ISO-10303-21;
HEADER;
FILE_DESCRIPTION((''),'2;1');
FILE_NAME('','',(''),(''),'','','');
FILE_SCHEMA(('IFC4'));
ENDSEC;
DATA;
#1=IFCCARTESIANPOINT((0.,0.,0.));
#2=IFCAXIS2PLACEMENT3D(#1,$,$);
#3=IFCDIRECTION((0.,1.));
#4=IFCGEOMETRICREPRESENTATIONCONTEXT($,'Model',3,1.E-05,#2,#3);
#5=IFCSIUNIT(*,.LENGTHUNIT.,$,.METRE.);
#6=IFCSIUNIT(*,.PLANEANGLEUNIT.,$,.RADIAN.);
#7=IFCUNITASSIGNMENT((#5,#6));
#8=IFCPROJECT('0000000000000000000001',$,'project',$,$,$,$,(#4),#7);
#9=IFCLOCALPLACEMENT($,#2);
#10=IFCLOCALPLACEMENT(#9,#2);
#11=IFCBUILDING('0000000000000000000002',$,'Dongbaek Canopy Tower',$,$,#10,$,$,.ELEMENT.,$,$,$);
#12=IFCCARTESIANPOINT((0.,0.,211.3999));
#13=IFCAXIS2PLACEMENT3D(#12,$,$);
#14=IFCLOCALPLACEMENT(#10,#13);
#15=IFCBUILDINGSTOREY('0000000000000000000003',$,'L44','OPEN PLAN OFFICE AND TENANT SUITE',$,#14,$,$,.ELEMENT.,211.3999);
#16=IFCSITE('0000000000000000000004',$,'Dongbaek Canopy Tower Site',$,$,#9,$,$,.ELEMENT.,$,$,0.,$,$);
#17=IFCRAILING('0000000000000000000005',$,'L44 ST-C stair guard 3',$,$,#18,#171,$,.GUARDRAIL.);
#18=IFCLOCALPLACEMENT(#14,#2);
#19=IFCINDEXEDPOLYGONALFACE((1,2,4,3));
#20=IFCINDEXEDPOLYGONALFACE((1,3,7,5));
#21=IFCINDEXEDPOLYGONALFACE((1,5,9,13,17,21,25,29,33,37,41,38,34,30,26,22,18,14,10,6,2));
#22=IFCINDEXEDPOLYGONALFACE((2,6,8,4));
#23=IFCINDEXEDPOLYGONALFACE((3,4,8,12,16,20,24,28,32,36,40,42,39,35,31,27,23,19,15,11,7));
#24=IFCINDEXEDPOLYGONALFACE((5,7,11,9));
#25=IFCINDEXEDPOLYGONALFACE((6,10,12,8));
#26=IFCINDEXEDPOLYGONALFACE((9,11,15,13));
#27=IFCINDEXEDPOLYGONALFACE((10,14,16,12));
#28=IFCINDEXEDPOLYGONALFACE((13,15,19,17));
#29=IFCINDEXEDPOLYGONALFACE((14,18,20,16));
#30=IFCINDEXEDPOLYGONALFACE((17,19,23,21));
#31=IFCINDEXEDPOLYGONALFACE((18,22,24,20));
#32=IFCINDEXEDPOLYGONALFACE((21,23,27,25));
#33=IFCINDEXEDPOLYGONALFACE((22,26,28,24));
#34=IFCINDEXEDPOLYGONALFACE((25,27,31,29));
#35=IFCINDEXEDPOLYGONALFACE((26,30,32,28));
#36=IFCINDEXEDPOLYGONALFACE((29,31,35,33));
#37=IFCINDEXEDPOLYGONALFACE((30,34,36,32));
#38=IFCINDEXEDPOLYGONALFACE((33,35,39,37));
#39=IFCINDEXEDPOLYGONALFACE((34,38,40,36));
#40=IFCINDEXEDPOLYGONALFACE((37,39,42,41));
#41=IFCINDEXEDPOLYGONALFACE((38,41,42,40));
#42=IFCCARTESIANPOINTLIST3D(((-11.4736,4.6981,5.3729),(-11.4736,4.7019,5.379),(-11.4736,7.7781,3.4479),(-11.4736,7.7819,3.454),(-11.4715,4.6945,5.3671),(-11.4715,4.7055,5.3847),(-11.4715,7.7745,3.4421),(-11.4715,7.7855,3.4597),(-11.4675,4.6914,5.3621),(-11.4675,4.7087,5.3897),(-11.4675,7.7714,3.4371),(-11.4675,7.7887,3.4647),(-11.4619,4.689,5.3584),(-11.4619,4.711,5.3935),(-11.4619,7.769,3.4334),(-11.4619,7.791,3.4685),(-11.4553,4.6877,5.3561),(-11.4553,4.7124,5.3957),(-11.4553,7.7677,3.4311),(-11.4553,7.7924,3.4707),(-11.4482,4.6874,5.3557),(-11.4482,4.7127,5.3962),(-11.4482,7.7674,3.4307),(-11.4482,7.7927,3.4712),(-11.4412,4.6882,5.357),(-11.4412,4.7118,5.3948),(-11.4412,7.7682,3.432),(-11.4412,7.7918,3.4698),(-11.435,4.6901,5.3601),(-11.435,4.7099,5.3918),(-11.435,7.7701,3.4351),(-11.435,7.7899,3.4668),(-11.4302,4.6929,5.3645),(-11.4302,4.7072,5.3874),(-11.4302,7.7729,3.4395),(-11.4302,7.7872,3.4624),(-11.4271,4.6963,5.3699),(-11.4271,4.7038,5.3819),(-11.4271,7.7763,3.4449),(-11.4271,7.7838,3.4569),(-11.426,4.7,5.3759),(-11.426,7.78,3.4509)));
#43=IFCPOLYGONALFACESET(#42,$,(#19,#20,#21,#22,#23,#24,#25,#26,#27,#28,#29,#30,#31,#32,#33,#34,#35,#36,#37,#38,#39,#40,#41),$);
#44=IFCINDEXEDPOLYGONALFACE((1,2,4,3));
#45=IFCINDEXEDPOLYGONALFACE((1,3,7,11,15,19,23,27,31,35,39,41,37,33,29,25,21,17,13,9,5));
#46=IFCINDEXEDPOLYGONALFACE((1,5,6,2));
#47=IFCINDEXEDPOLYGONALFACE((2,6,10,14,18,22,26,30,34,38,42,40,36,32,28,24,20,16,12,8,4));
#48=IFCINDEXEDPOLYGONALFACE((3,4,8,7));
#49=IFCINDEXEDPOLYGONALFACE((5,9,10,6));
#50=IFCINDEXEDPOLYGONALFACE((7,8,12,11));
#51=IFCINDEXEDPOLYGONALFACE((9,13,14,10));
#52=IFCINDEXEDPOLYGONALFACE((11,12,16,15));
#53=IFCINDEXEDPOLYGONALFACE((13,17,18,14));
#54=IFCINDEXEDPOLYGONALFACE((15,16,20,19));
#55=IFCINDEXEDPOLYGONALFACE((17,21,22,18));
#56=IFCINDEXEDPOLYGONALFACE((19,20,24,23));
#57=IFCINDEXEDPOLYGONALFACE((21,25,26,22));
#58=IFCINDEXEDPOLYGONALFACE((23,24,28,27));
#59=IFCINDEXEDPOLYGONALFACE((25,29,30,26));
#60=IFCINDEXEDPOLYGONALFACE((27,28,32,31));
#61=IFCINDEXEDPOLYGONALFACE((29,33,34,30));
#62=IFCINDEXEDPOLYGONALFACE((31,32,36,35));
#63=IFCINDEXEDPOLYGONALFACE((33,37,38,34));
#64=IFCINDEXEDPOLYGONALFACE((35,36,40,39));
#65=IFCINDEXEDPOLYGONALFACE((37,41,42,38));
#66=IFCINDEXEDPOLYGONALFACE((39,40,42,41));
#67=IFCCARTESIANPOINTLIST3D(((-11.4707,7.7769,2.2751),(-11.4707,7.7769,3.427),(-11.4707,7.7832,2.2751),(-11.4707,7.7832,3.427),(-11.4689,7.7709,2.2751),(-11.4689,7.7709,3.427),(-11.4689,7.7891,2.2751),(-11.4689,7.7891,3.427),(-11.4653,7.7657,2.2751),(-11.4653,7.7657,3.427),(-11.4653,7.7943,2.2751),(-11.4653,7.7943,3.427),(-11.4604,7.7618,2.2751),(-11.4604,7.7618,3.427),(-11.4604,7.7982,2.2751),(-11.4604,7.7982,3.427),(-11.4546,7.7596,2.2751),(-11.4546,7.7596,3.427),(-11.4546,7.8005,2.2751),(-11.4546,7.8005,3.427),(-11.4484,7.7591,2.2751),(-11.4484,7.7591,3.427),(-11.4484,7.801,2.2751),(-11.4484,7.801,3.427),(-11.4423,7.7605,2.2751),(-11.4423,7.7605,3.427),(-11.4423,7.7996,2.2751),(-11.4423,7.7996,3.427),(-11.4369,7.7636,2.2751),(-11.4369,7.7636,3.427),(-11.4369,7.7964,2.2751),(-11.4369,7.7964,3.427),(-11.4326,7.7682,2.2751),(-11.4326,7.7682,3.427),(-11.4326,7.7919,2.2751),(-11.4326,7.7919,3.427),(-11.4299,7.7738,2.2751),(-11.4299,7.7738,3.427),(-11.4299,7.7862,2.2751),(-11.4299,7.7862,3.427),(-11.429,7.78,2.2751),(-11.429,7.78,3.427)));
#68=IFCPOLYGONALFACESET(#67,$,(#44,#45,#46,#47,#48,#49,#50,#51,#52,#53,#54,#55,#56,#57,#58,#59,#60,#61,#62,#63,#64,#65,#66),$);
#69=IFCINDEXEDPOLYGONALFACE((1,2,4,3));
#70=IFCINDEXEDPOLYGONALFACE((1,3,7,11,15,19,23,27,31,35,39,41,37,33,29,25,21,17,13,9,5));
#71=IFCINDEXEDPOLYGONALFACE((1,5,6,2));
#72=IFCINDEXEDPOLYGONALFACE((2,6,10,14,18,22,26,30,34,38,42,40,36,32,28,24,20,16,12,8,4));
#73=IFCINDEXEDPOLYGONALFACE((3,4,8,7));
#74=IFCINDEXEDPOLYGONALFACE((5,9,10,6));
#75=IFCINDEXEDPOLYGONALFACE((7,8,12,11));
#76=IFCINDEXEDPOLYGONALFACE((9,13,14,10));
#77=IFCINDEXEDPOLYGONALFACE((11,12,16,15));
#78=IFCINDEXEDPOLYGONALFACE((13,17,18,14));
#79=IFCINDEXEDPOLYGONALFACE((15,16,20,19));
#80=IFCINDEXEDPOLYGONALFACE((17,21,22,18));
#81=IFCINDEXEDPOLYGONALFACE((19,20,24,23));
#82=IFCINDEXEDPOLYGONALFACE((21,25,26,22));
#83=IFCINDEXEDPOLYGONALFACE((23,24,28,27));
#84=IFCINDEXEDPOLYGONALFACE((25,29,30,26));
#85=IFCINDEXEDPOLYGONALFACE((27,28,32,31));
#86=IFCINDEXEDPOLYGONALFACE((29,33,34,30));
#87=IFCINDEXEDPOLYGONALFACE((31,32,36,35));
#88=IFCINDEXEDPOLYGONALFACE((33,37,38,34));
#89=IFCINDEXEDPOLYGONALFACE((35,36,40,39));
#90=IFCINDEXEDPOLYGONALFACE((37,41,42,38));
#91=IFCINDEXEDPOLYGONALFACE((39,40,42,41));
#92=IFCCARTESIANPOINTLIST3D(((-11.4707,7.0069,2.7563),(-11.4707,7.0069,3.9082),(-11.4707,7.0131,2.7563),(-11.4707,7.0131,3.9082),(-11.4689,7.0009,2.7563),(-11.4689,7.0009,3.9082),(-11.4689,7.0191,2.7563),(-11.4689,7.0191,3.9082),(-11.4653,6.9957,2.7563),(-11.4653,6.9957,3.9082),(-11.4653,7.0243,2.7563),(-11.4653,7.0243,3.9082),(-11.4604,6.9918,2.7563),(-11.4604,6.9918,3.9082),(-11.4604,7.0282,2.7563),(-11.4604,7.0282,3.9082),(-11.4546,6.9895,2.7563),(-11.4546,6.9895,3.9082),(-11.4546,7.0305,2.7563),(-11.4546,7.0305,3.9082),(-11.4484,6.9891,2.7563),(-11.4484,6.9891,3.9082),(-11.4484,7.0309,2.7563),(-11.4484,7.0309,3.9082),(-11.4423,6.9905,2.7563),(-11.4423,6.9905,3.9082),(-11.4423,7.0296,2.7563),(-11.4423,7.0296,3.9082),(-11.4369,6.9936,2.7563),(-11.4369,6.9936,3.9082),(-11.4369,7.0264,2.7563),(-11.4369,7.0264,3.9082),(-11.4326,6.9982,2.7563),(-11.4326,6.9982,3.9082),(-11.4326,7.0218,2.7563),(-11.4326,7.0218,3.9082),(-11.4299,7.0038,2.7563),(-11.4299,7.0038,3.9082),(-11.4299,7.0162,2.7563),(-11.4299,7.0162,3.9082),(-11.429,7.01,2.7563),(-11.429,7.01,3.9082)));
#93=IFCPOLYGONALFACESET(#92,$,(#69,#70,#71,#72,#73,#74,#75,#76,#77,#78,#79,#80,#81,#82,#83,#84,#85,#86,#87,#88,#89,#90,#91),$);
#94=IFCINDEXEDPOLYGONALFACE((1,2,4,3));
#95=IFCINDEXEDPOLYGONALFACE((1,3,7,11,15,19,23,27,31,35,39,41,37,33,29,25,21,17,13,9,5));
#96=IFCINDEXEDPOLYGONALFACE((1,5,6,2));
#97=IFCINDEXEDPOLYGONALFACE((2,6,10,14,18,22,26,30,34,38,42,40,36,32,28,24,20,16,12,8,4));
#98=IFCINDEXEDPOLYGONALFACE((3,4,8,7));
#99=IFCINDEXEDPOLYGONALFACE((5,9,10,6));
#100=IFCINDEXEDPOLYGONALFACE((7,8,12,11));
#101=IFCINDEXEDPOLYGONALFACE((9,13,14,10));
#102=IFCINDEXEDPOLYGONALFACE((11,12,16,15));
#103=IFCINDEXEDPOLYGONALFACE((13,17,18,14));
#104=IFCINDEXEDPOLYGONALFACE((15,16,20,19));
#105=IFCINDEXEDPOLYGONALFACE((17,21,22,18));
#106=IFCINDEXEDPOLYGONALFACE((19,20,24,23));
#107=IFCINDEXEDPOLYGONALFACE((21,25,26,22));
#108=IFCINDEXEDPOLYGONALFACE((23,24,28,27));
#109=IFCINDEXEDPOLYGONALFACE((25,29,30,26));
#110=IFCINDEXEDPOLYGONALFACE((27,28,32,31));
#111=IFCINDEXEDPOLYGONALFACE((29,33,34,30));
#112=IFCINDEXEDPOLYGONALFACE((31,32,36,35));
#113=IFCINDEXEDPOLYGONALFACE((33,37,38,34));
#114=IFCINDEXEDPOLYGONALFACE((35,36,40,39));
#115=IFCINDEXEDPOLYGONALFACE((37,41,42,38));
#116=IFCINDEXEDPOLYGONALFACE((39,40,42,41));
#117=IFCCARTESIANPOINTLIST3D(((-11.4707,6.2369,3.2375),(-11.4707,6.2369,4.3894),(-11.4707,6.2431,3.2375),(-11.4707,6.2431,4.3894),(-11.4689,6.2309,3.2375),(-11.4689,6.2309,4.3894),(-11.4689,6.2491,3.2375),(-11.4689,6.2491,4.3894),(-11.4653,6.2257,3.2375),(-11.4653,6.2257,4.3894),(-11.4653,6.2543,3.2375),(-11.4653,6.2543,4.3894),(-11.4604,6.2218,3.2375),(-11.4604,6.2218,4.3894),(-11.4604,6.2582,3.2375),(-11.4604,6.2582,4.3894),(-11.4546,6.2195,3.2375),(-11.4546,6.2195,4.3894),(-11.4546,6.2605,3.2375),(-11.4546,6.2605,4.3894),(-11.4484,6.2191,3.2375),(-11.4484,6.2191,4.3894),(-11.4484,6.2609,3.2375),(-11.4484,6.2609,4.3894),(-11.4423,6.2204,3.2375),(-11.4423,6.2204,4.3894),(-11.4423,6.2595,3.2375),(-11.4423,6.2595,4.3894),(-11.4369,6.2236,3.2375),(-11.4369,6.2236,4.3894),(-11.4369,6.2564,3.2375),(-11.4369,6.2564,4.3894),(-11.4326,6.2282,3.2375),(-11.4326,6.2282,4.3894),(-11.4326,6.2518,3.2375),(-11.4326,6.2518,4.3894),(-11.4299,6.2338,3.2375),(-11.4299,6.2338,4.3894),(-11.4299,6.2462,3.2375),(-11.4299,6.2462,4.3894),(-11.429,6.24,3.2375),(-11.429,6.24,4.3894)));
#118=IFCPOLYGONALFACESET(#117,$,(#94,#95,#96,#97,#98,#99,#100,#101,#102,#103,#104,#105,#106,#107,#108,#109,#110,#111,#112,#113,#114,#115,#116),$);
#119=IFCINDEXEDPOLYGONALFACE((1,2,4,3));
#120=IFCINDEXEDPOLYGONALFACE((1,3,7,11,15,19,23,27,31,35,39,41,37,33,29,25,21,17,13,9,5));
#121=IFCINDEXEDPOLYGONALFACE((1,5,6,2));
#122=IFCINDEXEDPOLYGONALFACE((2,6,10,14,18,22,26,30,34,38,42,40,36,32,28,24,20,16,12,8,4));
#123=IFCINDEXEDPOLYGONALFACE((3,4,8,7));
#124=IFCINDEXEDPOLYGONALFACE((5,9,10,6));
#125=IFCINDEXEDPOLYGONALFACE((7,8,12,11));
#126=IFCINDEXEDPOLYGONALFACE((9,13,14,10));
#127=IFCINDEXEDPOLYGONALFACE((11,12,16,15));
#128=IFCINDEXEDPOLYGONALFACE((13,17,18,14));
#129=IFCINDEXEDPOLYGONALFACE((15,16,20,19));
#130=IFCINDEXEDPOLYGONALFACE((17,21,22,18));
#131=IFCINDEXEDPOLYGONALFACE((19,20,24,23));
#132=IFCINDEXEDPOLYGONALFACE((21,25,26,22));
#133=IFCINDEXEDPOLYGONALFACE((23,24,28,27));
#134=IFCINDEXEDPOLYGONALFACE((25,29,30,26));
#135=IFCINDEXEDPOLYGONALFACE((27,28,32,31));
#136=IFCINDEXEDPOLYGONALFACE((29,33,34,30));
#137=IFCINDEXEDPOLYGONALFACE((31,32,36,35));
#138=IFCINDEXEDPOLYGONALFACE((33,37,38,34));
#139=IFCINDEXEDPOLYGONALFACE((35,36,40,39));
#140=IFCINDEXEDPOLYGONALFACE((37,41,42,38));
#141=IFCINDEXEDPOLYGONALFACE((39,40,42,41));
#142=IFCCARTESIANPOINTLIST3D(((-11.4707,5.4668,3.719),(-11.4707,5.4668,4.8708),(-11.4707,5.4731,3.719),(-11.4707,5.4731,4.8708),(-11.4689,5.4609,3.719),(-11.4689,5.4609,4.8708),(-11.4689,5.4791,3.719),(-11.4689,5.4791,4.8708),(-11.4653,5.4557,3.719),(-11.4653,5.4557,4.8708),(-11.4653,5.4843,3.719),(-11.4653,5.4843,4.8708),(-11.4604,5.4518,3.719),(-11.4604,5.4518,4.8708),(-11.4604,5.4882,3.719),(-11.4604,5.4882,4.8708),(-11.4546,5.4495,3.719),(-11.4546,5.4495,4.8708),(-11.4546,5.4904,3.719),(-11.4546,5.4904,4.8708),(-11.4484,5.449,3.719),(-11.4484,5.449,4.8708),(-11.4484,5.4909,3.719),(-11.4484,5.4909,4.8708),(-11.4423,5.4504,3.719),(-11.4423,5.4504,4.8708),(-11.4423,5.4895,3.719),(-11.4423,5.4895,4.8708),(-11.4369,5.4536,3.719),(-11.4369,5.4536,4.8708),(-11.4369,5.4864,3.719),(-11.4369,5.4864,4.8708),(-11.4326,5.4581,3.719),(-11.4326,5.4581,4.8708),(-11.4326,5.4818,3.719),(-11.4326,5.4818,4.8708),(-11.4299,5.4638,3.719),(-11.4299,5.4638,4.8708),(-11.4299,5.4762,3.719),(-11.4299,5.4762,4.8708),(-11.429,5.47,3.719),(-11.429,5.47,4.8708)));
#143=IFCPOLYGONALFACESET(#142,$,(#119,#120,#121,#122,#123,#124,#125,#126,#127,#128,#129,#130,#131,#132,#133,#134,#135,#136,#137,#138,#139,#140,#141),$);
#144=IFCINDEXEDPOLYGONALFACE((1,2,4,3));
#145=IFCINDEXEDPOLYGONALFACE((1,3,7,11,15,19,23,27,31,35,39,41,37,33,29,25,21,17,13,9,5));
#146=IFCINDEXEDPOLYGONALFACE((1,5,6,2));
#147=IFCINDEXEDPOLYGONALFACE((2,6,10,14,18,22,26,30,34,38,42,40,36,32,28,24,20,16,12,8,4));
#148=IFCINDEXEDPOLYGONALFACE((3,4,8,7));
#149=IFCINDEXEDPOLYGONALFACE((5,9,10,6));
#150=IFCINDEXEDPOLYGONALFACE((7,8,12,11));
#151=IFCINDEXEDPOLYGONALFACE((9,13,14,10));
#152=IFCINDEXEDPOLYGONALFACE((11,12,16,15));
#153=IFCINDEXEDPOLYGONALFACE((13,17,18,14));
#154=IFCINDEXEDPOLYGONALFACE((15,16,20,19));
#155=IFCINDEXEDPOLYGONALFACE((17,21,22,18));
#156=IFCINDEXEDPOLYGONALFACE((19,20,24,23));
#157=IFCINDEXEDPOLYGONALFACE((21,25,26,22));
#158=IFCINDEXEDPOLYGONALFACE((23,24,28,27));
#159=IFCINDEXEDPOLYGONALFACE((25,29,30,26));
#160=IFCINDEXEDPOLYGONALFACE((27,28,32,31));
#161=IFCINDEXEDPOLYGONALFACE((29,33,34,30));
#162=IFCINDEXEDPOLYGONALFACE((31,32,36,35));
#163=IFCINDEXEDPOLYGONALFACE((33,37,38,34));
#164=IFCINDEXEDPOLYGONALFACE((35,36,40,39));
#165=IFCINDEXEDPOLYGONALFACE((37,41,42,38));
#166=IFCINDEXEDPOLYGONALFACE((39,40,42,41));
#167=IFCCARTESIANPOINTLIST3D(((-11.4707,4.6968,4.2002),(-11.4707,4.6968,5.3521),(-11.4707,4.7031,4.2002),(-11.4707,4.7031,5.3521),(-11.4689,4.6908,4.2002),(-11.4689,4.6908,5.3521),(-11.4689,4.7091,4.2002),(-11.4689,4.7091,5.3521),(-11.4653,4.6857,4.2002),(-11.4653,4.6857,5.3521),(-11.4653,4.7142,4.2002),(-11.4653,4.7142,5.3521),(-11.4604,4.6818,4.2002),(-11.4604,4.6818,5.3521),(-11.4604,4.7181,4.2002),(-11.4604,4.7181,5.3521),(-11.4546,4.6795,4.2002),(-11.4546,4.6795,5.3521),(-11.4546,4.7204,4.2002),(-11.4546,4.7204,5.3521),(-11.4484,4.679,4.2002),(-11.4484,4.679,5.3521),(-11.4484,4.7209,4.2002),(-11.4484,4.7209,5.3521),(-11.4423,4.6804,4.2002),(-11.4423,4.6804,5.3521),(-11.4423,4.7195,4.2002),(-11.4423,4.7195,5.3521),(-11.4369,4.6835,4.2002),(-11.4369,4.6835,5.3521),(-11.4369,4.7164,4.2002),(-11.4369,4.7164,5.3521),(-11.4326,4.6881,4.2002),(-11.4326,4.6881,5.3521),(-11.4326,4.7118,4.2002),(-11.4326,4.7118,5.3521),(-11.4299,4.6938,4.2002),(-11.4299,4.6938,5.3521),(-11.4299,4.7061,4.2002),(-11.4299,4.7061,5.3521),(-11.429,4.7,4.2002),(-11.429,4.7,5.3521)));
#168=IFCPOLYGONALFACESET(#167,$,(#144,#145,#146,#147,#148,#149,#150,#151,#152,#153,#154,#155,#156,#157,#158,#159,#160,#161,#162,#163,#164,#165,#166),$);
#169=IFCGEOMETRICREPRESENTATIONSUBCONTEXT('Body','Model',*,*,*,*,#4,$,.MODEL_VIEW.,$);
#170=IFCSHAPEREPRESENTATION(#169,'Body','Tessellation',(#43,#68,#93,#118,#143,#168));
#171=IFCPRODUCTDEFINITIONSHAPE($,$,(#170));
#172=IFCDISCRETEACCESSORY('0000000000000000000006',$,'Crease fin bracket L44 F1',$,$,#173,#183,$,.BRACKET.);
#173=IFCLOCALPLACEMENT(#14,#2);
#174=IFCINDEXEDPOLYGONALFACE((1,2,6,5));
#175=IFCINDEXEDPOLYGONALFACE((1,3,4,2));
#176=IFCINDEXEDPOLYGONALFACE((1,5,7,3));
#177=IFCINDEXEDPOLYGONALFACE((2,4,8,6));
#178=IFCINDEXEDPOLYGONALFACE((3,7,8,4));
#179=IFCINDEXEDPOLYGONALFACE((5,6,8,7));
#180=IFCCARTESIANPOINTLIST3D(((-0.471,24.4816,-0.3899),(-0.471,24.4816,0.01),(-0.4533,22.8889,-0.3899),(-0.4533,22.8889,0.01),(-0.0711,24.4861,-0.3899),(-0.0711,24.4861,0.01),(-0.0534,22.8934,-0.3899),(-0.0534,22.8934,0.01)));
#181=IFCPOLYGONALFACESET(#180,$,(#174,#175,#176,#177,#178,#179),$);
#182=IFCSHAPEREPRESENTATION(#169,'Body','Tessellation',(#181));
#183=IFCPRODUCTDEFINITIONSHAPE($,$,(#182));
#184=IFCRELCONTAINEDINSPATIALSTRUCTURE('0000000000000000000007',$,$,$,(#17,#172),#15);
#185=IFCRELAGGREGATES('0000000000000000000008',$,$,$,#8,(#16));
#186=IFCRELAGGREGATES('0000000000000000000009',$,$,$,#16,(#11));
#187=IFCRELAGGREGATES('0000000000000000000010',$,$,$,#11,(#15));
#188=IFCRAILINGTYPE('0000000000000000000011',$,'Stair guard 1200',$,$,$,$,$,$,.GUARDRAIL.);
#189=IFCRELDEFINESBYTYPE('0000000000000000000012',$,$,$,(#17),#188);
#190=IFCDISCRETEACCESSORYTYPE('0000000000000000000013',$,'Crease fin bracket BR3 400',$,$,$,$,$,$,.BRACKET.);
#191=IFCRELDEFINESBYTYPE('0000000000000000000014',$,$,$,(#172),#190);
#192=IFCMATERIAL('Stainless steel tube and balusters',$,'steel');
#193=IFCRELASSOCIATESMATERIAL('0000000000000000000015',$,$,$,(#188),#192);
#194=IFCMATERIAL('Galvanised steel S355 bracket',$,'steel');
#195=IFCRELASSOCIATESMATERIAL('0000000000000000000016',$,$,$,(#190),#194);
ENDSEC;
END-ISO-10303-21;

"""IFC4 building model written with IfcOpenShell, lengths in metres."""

from ifc_helpers import new_model, si_unit, direction, frame, origin, origin_2d, place, context, subcontext, project, spatial, rectangle, circle, extrude, material, type_object, element, save


model = new_model("IFC4")

# Units and contexts
model_context = context("Model", 3, precision=1e-05, world=origin(), true_north=direction((0.0, 1.0)))
body_context = subcontext(model_context, "Body", "Model", "MODEL_VIEW")
ifc_project = project(units=[si_unit("LENGTHUNIT", "METRE"), si_unit("PLANEANGLEUNIT", "RADIAN")], contexts=[model_context])

# Site, building, storey
site_placement = place(None, origin())
site = spatial("IfcSite", under=ifc_project, at=site_placement, Name="Dongbaek Canopy Tower Site", CompositionType="ELEMENT", RefElevation=0.0)
building_placement = place(site_placement, origin())
building = spatial("IfcBuilding", under=site, at=building_placement, Name="Dongbaek Canopy Tower", CompositionType="ELEMENT")
storey_placement = place(building_placement, frame((0.0, 0.0, 211.3999)))
storey = spatial("IfcBuildingStorey", under=building, at=storey_placement, Name="L44", Description="OPEN PLAN OFFICE AND TENANT SUITE", CompositionType="ELEMENT", Elevation=211.3999)

# Railing
ifc_material_1 = material(Name="Stainless steel tube and balusters", Category="steel")
railing_type = type_object("IfcRailingType", Name="Stair guard 1200", PredefinedType="GUARDRAIL", material=ifc_material_1)
railing_1_placement = place(storey_placement, frame((-11.45, 7.78, 2.2751)))
element("IfcRailing", 1, at=railing_1_placement, inside=storey, type_object=railing_type, Name="L44 ST-C stair guard 3", PredefinedType="GUARDRAIL", context=body_context, shape_type="SweptSolid", body=[
    extrude(circle(Radius=0.0239, at=origin_2d()), frame((0.0, 0.0, 1.1758), z_axis=(0.0, -0.847998, 0.529999), x_axis=(1.0, 0.0, 0.0)), (0.0, 0.0, 1.0), 3.6321),
    extrude(circle(Radius=0.021, at=origin_2d()), origin(), (0.0, 0.0, 1.0), 1.1519),
    extrude(circle(Radius=0.021, at=origin_2d()), frame((0.0, -0.77, 0.4812)), (0.0, 0.0, 1.0), 1.1519),
    extrude(circle(Radius=0.021, at=origin_2d()), frame((0.0, -1.54, 0.9624)), (0.0, 0.0, 1.0), 1.1519),
    extrude(circle(Radius=0.021, at=origin_2d()), frame((0.0, -2.3101, 1.4438)), (0.0, 0.0, 1.0), 1.1519),
    extrude(circle(Radius=0.021, at=origin_2d()), frame((0.0, -3.0801, 1.925)), (0.0, 0.0, 1.0), 1.1519),
])

# Discrete accessory
ifc_material_2 = material(Name="Galvanised steel S355 bracket", Category="steel")
discrete_accessory_type = type_object("IfcDiscreteAccessoryType", Name="Crease fin bracket BR3 400", PredefinedType="BRACKET", material=ifc_material_2)
discrete_accessory_placement = place(storey_placement, frame((-0.2622, 23.6875, -0.3899), z_axis=(0.0, 0.0, 1.0), x_axis=(-0.011084, 0.999939, 0.0)))
element("IfcDiscreteAccessory", 2, at=discrete_accessory_placement, inside=storey, type_object=discrete_accessory_type, Name="Crease fin bracket L44 F1", PredefinedType="BRACKET", context=body_context, shape_type="SweptSolid", body=[
    extrude(rectangle(XDim=1.5928, YDim=0.3999, at=origin_2d()), origin(), (0.0, 0.0, 1.0), 0.3999),
])

save(model, "model.ifc")
